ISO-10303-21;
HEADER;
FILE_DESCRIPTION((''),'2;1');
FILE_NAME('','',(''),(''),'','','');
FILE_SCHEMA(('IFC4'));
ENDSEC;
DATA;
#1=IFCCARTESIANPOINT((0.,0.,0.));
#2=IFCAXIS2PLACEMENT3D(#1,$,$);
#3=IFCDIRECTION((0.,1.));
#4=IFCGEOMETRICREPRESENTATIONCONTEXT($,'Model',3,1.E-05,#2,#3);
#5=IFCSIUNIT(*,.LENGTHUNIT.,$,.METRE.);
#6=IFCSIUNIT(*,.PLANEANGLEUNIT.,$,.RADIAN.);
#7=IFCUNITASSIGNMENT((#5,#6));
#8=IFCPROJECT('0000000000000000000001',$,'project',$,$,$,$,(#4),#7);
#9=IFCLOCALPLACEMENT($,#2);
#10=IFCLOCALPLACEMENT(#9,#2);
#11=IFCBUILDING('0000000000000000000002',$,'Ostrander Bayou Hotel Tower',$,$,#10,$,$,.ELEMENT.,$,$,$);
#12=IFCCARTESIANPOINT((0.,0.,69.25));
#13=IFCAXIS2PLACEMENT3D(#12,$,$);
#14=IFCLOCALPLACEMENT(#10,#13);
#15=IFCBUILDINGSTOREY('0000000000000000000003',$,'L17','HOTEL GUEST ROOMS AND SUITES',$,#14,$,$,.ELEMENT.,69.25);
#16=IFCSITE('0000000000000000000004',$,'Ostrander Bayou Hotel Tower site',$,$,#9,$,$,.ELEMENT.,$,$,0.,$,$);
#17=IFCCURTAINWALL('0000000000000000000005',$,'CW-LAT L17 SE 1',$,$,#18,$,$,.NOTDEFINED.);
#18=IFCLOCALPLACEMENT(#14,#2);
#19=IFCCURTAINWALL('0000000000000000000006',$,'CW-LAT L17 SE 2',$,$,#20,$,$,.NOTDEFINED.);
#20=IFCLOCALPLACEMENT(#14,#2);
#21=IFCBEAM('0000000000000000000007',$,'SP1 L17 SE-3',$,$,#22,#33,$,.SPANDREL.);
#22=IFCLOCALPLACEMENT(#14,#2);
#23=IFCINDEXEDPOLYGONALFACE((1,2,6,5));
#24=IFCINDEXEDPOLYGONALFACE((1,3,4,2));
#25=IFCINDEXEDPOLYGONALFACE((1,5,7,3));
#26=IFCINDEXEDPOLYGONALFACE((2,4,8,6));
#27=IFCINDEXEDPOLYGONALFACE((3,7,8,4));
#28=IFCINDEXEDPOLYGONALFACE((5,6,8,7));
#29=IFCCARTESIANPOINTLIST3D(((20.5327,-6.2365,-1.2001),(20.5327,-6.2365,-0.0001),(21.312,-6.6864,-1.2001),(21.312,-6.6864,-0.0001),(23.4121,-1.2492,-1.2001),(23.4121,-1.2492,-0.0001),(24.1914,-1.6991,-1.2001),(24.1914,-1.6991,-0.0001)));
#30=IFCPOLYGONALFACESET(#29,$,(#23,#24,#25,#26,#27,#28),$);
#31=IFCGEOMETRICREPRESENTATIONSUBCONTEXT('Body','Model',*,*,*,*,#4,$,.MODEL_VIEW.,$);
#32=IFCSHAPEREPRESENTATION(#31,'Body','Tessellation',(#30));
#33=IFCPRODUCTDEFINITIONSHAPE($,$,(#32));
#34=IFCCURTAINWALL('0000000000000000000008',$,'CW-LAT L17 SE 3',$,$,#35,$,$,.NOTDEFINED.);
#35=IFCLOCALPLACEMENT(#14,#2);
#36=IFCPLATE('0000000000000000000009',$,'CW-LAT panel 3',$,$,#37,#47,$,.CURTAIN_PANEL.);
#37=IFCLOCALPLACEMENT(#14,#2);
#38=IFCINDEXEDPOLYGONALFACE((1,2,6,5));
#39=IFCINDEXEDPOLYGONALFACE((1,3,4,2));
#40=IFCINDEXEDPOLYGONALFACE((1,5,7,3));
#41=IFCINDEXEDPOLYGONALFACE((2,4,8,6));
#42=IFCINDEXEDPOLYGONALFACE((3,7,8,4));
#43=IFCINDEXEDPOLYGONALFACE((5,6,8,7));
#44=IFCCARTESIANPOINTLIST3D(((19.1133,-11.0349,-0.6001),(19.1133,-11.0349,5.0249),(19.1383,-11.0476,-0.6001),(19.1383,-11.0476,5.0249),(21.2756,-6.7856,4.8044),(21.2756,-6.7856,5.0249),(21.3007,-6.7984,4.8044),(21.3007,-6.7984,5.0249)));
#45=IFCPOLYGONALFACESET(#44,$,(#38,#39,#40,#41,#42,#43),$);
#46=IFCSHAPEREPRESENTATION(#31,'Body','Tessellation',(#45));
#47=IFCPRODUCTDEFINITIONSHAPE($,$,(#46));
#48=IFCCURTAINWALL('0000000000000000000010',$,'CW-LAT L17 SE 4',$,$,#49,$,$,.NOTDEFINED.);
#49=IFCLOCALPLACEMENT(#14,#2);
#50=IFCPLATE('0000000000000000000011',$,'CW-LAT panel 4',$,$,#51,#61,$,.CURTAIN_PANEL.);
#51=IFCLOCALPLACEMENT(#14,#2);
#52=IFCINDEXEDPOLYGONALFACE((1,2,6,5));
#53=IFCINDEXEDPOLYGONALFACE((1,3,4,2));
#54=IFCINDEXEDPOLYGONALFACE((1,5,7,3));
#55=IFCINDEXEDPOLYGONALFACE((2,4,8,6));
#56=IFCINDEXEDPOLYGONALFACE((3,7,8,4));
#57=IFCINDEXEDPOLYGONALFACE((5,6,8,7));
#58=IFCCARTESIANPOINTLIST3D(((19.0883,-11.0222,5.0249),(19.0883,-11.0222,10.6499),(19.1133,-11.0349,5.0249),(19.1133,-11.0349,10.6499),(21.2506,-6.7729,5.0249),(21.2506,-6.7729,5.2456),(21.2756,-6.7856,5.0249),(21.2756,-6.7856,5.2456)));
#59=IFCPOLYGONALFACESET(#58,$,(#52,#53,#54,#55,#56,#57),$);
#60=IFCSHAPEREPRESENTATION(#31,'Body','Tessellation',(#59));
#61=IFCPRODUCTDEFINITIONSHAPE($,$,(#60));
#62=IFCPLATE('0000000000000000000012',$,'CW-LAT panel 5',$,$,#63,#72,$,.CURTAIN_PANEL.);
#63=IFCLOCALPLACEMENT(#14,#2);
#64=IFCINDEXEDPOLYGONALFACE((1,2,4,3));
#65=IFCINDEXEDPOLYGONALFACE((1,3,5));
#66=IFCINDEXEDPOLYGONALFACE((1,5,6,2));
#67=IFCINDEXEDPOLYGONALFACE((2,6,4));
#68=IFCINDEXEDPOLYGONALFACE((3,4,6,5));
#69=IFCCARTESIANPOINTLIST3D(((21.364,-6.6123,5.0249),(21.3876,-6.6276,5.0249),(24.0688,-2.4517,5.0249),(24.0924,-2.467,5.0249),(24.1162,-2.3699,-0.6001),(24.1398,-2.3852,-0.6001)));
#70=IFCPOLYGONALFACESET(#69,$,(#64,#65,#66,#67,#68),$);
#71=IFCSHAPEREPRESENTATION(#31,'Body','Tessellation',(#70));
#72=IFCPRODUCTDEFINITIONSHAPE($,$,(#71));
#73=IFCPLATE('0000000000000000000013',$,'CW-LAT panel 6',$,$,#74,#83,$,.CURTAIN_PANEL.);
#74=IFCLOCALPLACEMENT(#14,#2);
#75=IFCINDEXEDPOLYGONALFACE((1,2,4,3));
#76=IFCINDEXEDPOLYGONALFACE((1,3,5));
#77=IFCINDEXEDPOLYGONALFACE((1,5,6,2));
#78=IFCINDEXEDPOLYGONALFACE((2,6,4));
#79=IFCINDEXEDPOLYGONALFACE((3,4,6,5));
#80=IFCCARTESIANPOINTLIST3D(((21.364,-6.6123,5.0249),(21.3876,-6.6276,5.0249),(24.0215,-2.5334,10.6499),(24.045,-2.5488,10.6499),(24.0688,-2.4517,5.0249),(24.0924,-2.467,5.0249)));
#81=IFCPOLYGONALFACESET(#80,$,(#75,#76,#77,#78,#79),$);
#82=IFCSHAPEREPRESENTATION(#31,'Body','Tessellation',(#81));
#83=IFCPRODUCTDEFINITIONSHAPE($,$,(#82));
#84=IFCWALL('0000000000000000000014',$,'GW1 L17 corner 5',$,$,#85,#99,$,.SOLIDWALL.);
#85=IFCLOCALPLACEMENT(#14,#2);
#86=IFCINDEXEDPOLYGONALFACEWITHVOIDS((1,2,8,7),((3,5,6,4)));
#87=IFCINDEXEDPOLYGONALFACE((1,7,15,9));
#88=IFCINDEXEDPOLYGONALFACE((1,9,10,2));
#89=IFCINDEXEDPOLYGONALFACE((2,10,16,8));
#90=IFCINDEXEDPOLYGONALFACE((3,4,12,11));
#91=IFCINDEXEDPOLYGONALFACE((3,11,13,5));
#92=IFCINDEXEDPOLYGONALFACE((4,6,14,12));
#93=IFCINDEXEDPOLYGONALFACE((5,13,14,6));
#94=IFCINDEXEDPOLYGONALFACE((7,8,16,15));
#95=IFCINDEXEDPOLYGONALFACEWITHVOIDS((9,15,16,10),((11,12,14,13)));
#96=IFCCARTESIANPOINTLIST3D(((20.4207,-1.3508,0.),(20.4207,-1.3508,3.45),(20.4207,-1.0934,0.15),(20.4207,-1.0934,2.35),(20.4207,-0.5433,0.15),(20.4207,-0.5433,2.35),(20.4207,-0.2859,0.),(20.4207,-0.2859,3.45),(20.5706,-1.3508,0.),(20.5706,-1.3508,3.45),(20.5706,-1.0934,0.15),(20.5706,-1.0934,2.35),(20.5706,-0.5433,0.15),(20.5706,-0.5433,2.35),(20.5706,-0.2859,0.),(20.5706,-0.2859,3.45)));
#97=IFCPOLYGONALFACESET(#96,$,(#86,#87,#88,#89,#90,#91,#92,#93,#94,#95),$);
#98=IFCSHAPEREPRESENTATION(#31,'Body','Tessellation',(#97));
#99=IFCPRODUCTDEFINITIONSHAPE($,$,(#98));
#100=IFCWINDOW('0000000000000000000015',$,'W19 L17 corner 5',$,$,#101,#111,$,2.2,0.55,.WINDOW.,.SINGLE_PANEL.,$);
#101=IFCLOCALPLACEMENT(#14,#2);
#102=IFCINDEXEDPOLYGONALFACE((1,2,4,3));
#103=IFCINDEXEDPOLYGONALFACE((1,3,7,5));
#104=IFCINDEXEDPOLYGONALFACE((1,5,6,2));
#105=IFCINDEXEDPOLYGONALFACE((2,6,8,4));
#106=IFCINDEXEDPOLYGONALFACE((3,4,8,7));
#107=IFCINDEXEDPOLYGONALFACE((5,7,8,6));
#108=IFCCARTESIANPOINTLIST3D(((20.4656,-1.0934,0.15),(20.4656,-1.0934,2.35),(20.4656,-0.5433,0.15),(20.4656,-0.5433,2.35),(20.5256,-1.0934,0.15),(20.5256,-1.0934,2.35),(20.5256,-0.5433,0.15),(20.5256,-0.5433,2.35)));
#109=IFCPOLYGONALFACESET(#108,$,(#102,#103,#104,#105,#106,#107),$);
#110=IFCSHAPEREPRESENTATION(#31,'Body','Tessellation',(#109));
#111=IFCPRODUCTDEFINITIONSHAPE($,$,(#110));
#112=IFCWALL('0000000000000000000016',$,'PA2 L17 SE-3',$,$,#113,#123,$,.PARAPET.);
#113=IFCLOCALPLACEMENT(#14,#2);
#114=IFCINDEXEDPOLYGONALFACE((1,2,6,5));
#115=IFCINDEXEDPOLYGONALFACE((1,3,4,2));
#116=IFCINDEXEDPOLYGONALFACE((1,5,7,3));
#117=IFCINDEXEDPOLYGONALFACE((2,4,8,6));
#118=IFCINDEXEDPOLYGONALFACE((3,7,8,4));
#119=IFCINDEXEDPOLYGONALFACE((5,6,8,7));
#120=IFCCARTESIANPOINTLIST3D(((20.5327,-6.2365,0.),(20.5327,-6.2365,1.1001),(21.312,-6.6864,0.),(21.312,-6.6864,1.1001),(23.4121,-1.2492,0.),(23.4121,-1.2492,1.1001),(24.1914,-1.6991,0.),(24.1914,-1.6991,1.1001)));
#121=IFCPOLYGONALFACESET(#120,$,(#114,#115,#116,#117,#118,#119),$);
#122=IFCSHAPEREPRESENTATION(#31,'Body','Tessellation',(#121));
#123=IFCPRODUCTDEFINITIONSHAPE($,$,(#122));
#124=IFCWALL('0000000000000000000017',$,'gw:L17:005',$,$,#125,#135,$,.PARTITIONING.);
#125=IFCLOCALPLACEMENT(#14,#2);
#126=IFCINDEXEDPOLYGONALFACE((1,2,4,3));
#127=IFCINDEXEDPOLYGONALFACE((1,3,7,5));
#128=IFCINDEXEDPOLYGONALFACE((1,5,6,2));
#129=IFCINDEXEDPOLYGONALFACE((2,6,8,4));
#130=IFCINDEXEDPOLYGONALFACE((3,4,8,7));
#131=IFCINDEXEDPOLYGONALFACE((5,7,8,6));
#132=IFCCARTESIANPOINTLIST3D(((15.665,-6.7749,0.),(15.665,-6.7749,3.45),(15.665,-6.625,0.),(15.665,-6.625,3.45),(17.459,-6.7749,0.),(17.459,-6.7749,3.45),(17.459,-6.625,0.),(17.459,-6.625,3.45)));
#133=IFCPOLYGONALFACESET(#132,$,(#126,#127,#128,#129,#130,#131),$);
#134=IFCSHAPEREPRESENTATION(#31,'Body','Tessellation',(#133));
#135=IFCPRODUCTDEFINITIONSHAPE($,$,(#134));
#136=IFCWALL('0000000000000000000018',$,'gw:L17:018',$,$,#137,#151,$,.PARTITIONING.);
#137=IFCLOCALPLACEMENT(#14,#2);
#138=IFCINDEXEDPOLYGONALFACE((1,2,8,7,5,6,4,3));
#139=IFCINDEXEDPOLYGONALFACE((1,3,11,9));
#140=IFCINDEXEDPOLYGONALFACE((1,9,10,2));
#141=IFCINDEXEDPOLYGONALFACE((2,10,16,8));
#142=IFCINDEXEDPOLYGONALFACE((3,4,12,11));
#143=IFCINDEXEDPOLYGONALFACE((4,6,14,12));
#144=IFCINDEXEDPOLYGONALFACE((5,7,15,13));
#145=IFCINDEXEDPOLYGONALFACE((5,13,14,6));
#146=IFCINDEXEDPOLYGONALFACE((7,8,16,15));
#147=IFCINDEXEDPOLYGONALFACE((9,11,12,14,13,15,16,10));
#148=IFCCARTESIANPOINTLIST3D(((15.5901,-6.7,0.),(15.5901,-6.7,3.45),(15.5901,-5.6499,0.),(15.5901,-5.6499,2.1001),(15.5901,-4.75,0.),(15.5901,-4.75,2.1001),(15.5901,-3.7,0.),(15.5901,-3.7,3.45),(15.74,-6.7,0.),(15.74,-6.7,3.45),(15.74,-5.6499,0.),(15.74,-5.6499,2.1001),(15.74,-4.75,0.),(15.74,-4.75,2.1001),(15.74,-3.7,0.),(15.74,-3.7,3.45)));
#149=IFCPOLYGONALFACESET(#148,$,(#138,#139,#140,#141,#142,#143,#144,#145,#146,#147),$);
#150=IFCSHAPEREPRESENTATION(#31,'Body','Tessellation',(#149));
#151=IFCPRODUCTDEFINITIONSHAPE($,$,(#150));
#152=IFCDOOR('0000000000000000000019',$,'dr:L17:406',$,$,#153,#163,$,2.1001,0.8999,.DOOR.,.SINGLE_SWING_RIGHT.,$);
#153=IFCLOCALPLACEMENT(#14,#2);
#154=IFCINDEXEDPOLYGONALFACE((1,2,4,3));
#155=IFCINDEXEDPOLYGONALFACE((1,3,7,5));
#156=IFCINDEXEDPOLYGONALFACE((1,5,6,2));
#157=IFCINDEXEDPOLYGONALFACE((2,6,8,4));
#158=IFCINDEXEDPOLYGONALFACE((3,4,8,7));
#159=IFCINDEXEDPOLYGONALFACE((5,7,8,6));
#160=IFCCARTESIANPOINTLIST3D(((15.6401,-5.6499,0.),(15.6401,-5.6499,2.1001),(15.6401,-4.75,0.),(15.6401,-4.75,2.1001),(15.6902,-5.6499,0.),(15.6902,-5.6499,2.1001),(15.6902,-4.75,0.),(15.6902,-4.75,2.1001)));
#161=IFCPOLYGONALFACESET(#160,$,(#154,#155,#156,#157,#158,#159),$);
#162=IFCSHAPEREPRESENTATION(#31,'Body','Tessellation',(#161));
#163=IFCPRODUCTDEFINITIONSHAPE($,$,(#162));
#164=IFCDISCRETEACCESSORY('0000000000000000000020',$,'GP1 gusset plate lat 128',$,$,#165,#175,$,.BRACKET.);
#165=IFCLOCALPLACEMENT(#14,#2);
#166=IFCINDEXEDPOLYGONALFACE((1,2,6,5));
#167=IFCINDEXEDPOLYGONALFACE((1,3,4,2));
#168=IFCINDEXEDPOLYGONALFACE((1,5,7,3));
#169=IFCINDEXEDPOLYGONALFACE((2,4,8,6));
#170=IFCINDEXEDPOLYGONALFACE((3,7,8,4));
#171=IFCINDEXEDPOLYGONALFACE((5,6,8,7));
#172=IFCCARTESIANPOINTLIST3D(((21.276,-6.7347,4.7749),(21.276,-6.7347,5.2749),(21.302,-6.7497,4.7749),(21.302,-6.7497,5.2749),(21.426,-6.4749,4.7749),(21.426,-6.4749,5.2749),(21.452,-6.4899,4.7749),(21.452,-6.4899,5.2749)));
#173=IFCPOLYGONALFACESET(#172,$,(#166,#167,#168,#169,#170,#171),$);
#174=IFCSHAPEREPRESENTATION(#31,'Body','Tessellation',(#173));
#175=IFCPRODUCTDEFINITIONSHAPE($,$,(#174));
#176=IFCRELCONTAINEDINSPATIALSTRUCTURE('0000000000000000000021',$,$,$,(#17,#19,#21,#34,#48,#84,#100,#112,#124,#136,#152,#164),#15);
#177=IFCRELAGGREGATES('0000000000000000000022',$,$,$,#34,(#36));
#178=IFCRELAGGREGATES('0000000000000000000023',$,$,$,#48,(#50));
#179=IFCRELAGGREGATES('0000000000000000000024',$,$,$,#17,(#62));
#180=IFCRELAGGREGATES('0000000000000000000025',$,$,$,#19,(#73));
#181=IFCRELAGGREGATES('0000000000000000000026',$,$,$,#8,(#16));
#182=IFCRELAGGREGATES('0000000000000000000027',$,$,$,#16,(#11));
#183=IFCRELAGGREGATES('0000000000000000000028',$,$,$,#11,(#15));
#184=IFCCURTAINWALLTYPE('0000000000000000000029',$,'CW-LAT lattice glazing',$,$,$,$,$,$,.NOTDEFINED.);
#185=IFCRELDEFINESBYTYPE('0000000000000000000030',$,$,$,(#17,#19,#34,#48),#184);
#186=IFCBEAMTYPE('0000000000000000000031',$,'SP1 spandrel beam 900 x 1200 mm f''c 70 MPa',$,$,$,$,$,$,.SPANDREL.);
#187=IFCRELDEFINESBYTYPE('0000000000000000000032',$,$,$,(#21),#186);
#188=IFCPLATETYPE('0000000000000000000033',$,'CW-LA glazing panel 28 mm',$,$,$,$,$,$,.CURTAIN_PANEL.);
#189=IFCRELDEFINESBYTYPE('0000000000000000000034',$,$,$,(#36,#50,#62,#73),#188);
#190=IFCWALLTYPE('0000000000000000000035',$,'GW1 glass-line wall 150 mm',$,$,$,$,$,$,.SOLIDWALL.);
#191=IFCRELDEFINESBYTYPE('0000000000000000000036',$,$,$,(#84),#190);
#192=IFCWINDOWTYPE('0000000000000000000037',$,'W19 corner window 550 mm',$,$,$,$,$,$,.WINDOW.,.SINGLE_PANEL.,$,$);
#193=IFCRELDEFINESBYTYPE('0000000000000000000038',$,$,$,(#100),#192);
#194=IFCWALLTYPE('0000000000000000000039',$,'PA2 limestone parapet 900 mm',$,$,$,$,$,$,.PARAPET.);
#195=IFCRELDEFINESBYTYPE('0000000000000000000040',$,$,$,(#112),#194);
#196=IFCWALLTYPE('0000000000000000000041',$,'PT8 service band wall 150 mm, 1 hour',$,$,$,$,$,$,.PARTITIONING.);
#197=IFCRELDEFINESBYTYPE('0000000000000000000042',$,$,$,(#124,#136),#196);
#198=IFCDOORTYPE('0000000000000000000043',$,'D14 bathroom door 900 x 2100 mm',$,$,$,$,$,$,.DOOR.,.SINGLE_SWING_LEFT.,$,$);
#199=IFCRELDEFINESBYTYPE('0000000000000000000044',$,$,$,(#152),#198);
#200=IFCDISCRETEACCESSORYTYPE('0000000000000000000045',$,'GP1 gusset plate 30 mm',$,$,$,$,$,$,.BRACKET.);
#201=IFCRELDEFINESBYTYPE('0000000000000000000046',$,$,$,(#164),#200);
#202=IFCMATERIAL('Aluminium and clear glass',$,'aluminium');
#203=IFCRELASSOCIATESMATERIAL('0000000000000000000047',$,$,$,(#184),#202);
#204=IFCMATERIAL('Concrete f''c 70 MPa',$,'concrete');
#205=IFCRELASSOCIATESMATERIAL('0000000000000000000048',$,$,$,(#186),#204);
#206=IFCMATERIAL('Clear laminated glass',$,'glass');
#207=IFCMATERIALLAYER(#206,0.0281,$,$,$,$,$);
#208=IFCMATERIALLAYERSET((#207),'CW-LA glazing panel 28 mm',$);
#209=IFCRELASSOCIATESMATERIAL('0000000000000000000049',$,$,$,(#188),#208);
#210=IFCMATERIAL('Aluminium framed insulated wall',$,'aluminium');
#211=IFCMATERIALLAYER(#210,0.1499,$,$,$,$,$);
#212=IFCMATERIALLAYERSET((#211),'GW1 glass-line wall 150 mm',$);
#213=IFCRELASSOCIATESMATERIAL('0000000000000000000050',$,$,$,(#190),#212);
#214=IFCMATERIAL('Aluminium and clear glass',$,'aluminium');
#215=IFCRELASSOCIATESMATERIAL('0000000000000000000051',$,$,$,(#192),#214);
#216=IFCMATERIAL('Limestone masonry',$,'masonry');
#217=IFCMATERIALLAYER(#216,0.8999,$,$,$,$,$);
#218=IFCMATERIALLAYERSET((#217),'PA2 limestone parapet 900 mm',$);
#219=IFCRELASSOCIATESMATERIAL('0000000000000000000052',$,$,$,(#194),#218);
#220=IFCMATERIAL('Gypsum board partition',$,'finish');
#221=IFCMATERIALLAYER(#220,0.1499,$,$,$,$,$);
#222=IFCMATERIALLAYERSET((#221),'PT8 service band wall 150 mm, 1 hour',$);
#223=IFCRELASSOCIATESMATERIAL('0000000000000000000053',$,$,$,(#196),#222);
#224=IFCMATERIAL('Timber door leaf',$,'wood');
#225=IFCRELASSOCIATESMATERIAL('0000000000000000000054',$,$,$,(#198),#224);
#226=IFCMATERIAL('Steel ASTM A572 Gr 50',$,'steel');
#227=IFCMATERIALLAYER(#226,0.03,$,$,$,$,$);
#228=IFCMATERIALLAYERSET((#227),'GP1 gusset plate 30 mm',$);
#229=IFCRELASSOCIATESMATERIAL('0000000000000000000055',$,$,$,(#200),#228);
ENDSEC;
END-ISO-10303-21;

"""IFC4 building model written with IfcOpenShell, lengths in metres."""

from ifc_helpers import new_model, si_unit, direction, frame, frame_2d, origin, origin_2d, place, context, subcontext, project, spatial, polyline, rectangle, outline, extrude, material, layer, layer_set, material_profile, profile_set, type_object, element, fill, aggregate, save


model = new_model("IFC4")

# Units and contexts
model_context = context("Model", 3, precision=1e-05, world=origin(), true_north=direction((0.0, 1.0)))
body_context = subcontext(model_context, "Body", "Model", "MODEL_VIEW")
ifc_project = project(units=[si_unit("LENGTHUNIT", "METRE"), si_unit("PLANEANGLEUNIT", "RADIAN")], contexts=[model_context])

# Site, building, storey
site_placement = place(None, origin())
site = spatial("IfcSite", under=ifc_project, at=site_placement, Name="Ostrander Bayou Hotel Tower site", CompositionType="ELEMENT", RefElevation=0.0)
building_placement = place(site_placement, origin())
building = spatial("IfcBuilding", under=site, at=building_placement, Name="Ostrander Bayou Hotel Tower", CompositionType="ELEMENT")
storey_placement = place(building_placement, frame((0.0, 0.0, 69.25)))
storey = spatial("IfcBuildingStorey", under=building, at=storey_placement, Name="L17", Description="HOTEL GUEST ROOMS AND SUITES", CompositionType="ELEMENT", Elevation=69.25)

# Curtain walls
ifc_material_1 = material(Name="Aluminium and clear glass", Category="aluminium")
curtain_wall_type = type_object("IfcCurtainWallType", Name="CW-LAT lattice glazing", PredefinedType="NOTDEFINED", material=ifc_material_1)
curtain_wall_1_placement = place(storey_placement, origin())
curtain_wall_1 = element("IfcCurtainWall", 1, at=curtain_wall_1_placement, inside=storey, type_object=curtain_wall_type, Name="CW-LAT L17 SE 1", PredefinedType="NOTDEFINED")
curtain_wall_2_placement = place(storey_placement, origin())
curtain_wall_2 = element("IfcCurtainWall", 2, at=curtain_wall_2_placement, inside=storey, type_object=curtain_wall_type, Name="CW-LAT L17 SE 2", PredefinedType="NOTDEFINED")

# Beam
ifc_material_2 = material(Name="Concrete f'c 70 MPa", Category="concrete")
ifc_material_profile_1 = material_profile(ifc_material_2, rectangle(XDim=0.8999, YDim=1.2, at=origin_2d()))
ifc_profile_set_1 = profile_set([ifc_material_profile_1], Name="Concrete f'c 70 MPa")
beam_type_1 = type_object("IfcBeamType", Name="SP1 spandrel beam 900 x 1200 mm f'c 70 MPa", PredefinedType="SPANDREL", material=ifc_profile_set_1)
beam_1_placement = place(storey_placement, frame((20.9224, -6.4614, -0.6001), z_axis=(0.499996, 0.866027, 0.0), x_axis=(-0.866027, 0.499996, 0.0)))
element("IfcBeam", 3, at=beam_1_placement, inside=storey, type_object=beam_type_1, Name="SP1 L17 SE-3", PredefinedType="SPANDREL", context=body_context, shape_type="SweptSolid", body=[
    extrude(rectangle(XDim=0.8999, YDim=1.2, at=origin_2d()), origin(), (0.0, 0.0, 1.0), 5.7588),
])

# Curtain walls, plates
curtain_wall_3_placement = place(storey_placement, origin())
curtain_wall_3 = element("IfcCurtainWall", 4, at=curtain_wall_3_placement, inside=storey, type_object=curtain_wall_type, Name="CW-LAT L17 SE 3", PredefinedType="NOTDEFINED")
ifc_material_3 = material(Name="Clear laminated glass", Category="glass")
ifc_layer_1 = layer(ifc_material_3, 0.0281)
ifc_layer_set_1 = layer_set([ifc_layer_1], Name="CW-LA glazing panel 28 mm")
plate_type = type_object("IfcPlateType", Name="CW-LA glazing panel 28 mm", PredefinedType="CURTAIN_PANEL", material=ifc_layer_set_1)
plate_1_placement = place(storey_placement, frame((21.2756, -6.7856, 4.8044), z_axis=(-0.89124, 0.453531, 0.0), x_axis=(-0.300034, -0.589601, -0.7499)))
plate_1 = element("IfcPlate", 5, at=plate_1_placement, type_object=plate_type, Name="CW-LAT panel 3", PredefinedType="CURTAIN_PANEL", context=body_context, shape_type="SweptSolid", body=[
    extrude(outline(polyline([(0.0, 0.0), (7.207, 0.0), (2.9888, 3.7212), (-0.1653, 0.1458), (0.0, 0.0)])), origin(), (0.0, 0.0, -1.0), 0.0281),
])
aggregate(curtain_wall_3, [plate_1])
curtain_wall_4_placement = place(storey_placement, origin())
curtain_wall_4 = element("IfcCurtainWall", 6, at=curtain_wall_4_placement, inside=storey, type_object=curtain_wall_type, Name="CW-LAT L17 SE 4", PredefinedType="NOTDEFINED")
plate_2_placement = place(storey_placement, frame((21.2756, -6.7856, 5.2456), z_axis=(0.89124, -0.453531, 0.0), x_axis=(-0.300042, -0.589616, 0.749885)))
plate_2 = element("IfcPlate", 7, at=plate_2_placement, type_object=plate_type, Name="CW-LAT panel 4", PredefinedType="CURTAIN_PANEL", context=body_context, shape_type="SweptSolid", body=[
    extrude(outline(polyline([(0.0, 0.0), (7.2068, 0.0), (2.9887, 3.7213), (-0.1655, 0.146), (0.0, 0.0)])), origin(), (0.0, 0.0, -1.0), 0.0281),
])
aggregate(curtain_wall_4, [plate_2])

# Plates
plate_3_placement = place(storey_placement, frame((21.364, -6.6123, 5.0249), z_axis=(-0.838405, 0.545047, 0.000865), x_axis=(0.363857, 0.560875, -0.743658)))
plate_3 = element("IfcPlate", 8, at=plate_3_placement, type_object=plate_type, Name="CW-LAT panel 5", PredefinedType="CURTAIN_PANEL", context=body_context, shape_type="SweptSolid", body=[
    extrude(outline(polyline([(0.0, 0.0), (7.564, 0.0), (3.3178, -3.6905), (0.0, 0.0)])), origin(), (0.0, 0.0, -1.0), 0.0281),
])
aggregate(curtain_wall_1, [plate_3])
plate_4_placement = place(storey_placement, frame((21.364, -6.6123, 5.0249), z_axis=(-0.838405, 0.545047, 0.000865), x_axis=(0.357231, 0.548302, 0.756142)))
plate_4 = element("IfcPlate", 9, at=plate_4_placement, type_object=plate_type, Name="CW-LAT panel 6", PredefinedType="CURTAIN_PANEL", context=body_context, shape_type="SweptSolid", body=[
    extrude(outline(polyline([(0.0, 0.0), (7.4391, 0.0), (3.2475, 3.7524), (0.0, 0.0)])), origin(), (0.0, 0.0, -1.0), 0.0281),
])
aggregate(curtain_wall_2, [plate_4])

# Wall, opening, window
ifc_material_4 = material(Name="Aluminium framed insulated wall", Category="aluminium")
ifc_layer_2 = layer(ifc_material_4, 0.1499)
ifc_layer_set_2 = layer_set([ifc_layer_2], Name="GW1 glass-line wall 150 mm")
wall_type_1 = type_object("IfcWallType", Name="GW1 glass-line wall 150 mm", PredefinedType="SOLIDWALL", material=ifc_layer_set_2)
wall_1_placement = place(storey_placement, frame((20.4956, -1.3508, 0.0), z_axis=(0.0, 0.0, 1.0), x_axis=(0.0, 1.0, 0.0)))
wall_1 = element("IfcWall", 10, at=wall_1_placement, inside=storey, type_object=wall_type_1, Name="GW1 L17 corner 5", PredefinedType="SOLIDWALL", context=body_context, shape_type="SweptSolid", body=[
    extrude(rectangle(XDim=1.0649, YDim=0.1499, at=frame_2d((0.5325, 0.0))), origin(), (0.0, 0.0, 1.0), 3.45),
])
opening_1_placement = place(wall_1_placement, frame((0.2576, 0.0, 0.1499)))
opening_1 = element("IfcOpeningElement", 11, at=opening_1_placement, cuts=wall_1, PredefinedType="OPENING", context=body_context, shape_type="SweptSolid", body=[
    extrude(rectangle(XDim=0.55, YDim=2.2, at=frame_2d((0.2749, 1.1001))), frame((0.0, 0.075, 0.0), z_axis=(0.0, -1.0, 0.0), x_axis=(1.0, 0.0, 0.0)), (0.0, 0.0, 1.0), 0.1499),
])
ifc_material_5 = material(Name="Aluminium and clear glass", Category="aluminium")
window_type = type_object("IfcWindowType", Name="W19 corner window 550 mm", PartitioningType="SINGLE_PANEL", PredefinedType="WINDOW", material=ifc_material_5)
window_placement = place(opening_1_placement, origin())
window = element("IfcWindow", 12, at=window_placement, inside=storey, type_object=window_type, Name="W19 L17 corner 5", OverallHeight=2.2, OverallWidth=0.55, PartitioningType="SINGLE_PANEL", PredefinedType="WINDOW", context=body_context, shape_type="SweptSolid", body=[
    extrude(rectangle(XDim=0.55, YDim=2.2, at=frame_2d((0.2749, 1.1001))), frame((0.0, 0.03, 0.0), z_axis=(0.0, -1.0, 0.0), x_axis=(1.0, 0.0, 0.0)), (0.0, 0.0, 1.0), 0.0601),
])
fill(opening_1, window)

# Walls
ifc_material_6 = material(Name="Limestone masonry", Category="masonry")
ifc_layer_3 = layer(ifc_material_6, 0.8999)
ifc_layer_set_3 = layer_set([ifc_layer_3], Name="PA2 limestone parapet 900 mm")
wall_type_2 = type_object("IfcWallType", Name="PA2 limestone parapet 900 mm", PredefinedType="PARAPET", material=ifc_layer_set_3)
wall_2_placement = place(storey_placement, frame((20.9224, -6.4614, 0.0), z_axis=(0.0, 0.0, 1.0), x_axis=(0.499996, 0.866027, 0.0)))
element("IfcWall", 13, at=wall_2_placement, inside=storey, type_object=wall_type_2, Name="PA2 L17 SE-3", PredefinedType="PARAPET", context=body_context, shape_type="SweptSolid", body=[
    extrude(rectangle(XDim=5.7588, YDim=0.8999, at=frame_2d((2.8794, 0.0))), origin(), (0.0, 0.0, 1.0), 1.1001),
])
ifc_material_7 = material(Name="Gypsum board partition", Category="finish")
ifc_layer_4 = layer(ifc_material_7, 0.1499)
ifc_layer_set_4 = layer_set([ifc_layer_4], Name="PT8 service band wall 150 mm, 1 hour")
wall_type_3 = type_object("IfcWallType", Name="PT8 service band wall 150 mm, 1 hour", PredefinedType="PARTITIONING", material=ifc_layer_set_4)
wall_3_placement = place(storey_placement, frame((15.665, -6.7, 0.0), z_axis=(0.0, 0.0, 1.0), x_axis=(1.0, 0.0, 0.0)))
element("IfcWall", 14, at=wall_3_placement, inside=storey, type_object=wall_type_3, Name="gw:L17:005", PredefinedType="PARTITIONING", context=body_context, shape_type="SweptSolid", body=[
    extrude(rectangle(XDim=1.7939, YDim=0.1499, at=frame_2d((0.897, 0.0))), origin(), (0.0, 0.0, 1.0), 3.45),
])

# Wall, opening, door
wall_4_placement = place(storey_placement, frame((15.665, -6.7, 0.0), z_axis=(0.0, 0.0, 1.0), x_axis=(0.0, 1.0, 0.0)))
wall_4 = element("IfcWall", 15, at=wall_4_placement, inside=storey, type_object=wall_type_3, Name="gw:L17:018", PredefinedType="PARTITIONING", context=body_context, shape_type="SweptSolid", body=[
    extrude(rectangle(XDim=3.0, YDim=0.1499, at=frame_2d((1.5, 0.0))), origin(), (0.0, 0.0, 1.0), 3.45),
])
opening_2_placement = place(wall_4_placement, frame((1.05, 0.0, 0.0)))
opening_2 = element("IfcOpeningElement", 16, at=opening_2_placement, cuts=wall_4, PredefinedType="OPENING", context=body_context, shape_type="SweptSolid", body=[
    extrude(rectangle(XDim=0.8999, YDim=2.1001, at=frame_2d((0.45, 1.05))), frame((0.0, 0.075, 0.0), z_axis=(0.0, -1.0, 0.0), x_axis=(1.0, 0.0, 0.0)), (0.0, 0.0, 1.0), 0.1499),
])
ifc_material_8 = material(Name="Timber door leaf", Category="wood")
door_type = type_object("IfcDoorType", Name="D14 bathroom door 900 x 2100 mm", OperationType="SINGLE_SWING_LEFT", PredefinedType="DOOR", material=ifc_material_8)
door_placement = place(opening_2_placement, origin())
door = element("IfcDoor", 17, at=door_placement, inside=storey, type_object=door_type, Name="dr:L17:406", OperationType="SINGLE_SWING_RIGHT", OverallHeight=2.1001, OverallWidth=0.8999, PredefinedType="DOOR", context=body_context, shape_type="SweptSolid", body=[
    extrude(rectangle(XDim=0.8999, YDim=2.1001, at=frame_2d((0.45, 1.05))), frame((0.0, 0.0249, 0.0), z_axis=(0.0, -1.0, 0.0), x_axis=(1.0, 0.0, 0.0)), (0.0, 0.0, 1.0), 0.05),
])
fill(opening_2, door)

# Discrete accessory
ifc_material_9 = material(Name="Steel ASTM A572 Gr 50", Category="steel")
ifc_layer_5 = layer(ifc_material_9, 0.03)
ifc_layer_set_5 = layer_set([ifc_layer_5], Name="GP1 gusset plate 30 mm")
discrete_accessory_type = type_object("IfcDiscreteAccessoryType", Name="GP1 gusset plate 30 mm", PredefinedType="BRACKET", material=ifc_layer_set_5)
for number, where, z_axis, x_axis, name in (
    (18, (21.364, -6.6123, 4.7749), (0.0, 0.0, 1.0), (0.5, 0.866025, 0.0), "GP1 gusset plate lat 128"),
):
    element("IfcDiscreteAccessory", number, at=place(storey_placement, frame(where, z_axis=z_axis, x_axis=x_axis)), inside=storey, type_object=discrete_accessory_type, Name=name, PredefinedType="BRACKET", context=body_context, shape_type="SweptSolid", body=[
        extrude(rectangle(XDim=0.3, YDim=0.03, at=origin_2d()), origin(), (0.0, 0.0, 1.0), 0.5),
    ])

save(model, "model.ifc")
